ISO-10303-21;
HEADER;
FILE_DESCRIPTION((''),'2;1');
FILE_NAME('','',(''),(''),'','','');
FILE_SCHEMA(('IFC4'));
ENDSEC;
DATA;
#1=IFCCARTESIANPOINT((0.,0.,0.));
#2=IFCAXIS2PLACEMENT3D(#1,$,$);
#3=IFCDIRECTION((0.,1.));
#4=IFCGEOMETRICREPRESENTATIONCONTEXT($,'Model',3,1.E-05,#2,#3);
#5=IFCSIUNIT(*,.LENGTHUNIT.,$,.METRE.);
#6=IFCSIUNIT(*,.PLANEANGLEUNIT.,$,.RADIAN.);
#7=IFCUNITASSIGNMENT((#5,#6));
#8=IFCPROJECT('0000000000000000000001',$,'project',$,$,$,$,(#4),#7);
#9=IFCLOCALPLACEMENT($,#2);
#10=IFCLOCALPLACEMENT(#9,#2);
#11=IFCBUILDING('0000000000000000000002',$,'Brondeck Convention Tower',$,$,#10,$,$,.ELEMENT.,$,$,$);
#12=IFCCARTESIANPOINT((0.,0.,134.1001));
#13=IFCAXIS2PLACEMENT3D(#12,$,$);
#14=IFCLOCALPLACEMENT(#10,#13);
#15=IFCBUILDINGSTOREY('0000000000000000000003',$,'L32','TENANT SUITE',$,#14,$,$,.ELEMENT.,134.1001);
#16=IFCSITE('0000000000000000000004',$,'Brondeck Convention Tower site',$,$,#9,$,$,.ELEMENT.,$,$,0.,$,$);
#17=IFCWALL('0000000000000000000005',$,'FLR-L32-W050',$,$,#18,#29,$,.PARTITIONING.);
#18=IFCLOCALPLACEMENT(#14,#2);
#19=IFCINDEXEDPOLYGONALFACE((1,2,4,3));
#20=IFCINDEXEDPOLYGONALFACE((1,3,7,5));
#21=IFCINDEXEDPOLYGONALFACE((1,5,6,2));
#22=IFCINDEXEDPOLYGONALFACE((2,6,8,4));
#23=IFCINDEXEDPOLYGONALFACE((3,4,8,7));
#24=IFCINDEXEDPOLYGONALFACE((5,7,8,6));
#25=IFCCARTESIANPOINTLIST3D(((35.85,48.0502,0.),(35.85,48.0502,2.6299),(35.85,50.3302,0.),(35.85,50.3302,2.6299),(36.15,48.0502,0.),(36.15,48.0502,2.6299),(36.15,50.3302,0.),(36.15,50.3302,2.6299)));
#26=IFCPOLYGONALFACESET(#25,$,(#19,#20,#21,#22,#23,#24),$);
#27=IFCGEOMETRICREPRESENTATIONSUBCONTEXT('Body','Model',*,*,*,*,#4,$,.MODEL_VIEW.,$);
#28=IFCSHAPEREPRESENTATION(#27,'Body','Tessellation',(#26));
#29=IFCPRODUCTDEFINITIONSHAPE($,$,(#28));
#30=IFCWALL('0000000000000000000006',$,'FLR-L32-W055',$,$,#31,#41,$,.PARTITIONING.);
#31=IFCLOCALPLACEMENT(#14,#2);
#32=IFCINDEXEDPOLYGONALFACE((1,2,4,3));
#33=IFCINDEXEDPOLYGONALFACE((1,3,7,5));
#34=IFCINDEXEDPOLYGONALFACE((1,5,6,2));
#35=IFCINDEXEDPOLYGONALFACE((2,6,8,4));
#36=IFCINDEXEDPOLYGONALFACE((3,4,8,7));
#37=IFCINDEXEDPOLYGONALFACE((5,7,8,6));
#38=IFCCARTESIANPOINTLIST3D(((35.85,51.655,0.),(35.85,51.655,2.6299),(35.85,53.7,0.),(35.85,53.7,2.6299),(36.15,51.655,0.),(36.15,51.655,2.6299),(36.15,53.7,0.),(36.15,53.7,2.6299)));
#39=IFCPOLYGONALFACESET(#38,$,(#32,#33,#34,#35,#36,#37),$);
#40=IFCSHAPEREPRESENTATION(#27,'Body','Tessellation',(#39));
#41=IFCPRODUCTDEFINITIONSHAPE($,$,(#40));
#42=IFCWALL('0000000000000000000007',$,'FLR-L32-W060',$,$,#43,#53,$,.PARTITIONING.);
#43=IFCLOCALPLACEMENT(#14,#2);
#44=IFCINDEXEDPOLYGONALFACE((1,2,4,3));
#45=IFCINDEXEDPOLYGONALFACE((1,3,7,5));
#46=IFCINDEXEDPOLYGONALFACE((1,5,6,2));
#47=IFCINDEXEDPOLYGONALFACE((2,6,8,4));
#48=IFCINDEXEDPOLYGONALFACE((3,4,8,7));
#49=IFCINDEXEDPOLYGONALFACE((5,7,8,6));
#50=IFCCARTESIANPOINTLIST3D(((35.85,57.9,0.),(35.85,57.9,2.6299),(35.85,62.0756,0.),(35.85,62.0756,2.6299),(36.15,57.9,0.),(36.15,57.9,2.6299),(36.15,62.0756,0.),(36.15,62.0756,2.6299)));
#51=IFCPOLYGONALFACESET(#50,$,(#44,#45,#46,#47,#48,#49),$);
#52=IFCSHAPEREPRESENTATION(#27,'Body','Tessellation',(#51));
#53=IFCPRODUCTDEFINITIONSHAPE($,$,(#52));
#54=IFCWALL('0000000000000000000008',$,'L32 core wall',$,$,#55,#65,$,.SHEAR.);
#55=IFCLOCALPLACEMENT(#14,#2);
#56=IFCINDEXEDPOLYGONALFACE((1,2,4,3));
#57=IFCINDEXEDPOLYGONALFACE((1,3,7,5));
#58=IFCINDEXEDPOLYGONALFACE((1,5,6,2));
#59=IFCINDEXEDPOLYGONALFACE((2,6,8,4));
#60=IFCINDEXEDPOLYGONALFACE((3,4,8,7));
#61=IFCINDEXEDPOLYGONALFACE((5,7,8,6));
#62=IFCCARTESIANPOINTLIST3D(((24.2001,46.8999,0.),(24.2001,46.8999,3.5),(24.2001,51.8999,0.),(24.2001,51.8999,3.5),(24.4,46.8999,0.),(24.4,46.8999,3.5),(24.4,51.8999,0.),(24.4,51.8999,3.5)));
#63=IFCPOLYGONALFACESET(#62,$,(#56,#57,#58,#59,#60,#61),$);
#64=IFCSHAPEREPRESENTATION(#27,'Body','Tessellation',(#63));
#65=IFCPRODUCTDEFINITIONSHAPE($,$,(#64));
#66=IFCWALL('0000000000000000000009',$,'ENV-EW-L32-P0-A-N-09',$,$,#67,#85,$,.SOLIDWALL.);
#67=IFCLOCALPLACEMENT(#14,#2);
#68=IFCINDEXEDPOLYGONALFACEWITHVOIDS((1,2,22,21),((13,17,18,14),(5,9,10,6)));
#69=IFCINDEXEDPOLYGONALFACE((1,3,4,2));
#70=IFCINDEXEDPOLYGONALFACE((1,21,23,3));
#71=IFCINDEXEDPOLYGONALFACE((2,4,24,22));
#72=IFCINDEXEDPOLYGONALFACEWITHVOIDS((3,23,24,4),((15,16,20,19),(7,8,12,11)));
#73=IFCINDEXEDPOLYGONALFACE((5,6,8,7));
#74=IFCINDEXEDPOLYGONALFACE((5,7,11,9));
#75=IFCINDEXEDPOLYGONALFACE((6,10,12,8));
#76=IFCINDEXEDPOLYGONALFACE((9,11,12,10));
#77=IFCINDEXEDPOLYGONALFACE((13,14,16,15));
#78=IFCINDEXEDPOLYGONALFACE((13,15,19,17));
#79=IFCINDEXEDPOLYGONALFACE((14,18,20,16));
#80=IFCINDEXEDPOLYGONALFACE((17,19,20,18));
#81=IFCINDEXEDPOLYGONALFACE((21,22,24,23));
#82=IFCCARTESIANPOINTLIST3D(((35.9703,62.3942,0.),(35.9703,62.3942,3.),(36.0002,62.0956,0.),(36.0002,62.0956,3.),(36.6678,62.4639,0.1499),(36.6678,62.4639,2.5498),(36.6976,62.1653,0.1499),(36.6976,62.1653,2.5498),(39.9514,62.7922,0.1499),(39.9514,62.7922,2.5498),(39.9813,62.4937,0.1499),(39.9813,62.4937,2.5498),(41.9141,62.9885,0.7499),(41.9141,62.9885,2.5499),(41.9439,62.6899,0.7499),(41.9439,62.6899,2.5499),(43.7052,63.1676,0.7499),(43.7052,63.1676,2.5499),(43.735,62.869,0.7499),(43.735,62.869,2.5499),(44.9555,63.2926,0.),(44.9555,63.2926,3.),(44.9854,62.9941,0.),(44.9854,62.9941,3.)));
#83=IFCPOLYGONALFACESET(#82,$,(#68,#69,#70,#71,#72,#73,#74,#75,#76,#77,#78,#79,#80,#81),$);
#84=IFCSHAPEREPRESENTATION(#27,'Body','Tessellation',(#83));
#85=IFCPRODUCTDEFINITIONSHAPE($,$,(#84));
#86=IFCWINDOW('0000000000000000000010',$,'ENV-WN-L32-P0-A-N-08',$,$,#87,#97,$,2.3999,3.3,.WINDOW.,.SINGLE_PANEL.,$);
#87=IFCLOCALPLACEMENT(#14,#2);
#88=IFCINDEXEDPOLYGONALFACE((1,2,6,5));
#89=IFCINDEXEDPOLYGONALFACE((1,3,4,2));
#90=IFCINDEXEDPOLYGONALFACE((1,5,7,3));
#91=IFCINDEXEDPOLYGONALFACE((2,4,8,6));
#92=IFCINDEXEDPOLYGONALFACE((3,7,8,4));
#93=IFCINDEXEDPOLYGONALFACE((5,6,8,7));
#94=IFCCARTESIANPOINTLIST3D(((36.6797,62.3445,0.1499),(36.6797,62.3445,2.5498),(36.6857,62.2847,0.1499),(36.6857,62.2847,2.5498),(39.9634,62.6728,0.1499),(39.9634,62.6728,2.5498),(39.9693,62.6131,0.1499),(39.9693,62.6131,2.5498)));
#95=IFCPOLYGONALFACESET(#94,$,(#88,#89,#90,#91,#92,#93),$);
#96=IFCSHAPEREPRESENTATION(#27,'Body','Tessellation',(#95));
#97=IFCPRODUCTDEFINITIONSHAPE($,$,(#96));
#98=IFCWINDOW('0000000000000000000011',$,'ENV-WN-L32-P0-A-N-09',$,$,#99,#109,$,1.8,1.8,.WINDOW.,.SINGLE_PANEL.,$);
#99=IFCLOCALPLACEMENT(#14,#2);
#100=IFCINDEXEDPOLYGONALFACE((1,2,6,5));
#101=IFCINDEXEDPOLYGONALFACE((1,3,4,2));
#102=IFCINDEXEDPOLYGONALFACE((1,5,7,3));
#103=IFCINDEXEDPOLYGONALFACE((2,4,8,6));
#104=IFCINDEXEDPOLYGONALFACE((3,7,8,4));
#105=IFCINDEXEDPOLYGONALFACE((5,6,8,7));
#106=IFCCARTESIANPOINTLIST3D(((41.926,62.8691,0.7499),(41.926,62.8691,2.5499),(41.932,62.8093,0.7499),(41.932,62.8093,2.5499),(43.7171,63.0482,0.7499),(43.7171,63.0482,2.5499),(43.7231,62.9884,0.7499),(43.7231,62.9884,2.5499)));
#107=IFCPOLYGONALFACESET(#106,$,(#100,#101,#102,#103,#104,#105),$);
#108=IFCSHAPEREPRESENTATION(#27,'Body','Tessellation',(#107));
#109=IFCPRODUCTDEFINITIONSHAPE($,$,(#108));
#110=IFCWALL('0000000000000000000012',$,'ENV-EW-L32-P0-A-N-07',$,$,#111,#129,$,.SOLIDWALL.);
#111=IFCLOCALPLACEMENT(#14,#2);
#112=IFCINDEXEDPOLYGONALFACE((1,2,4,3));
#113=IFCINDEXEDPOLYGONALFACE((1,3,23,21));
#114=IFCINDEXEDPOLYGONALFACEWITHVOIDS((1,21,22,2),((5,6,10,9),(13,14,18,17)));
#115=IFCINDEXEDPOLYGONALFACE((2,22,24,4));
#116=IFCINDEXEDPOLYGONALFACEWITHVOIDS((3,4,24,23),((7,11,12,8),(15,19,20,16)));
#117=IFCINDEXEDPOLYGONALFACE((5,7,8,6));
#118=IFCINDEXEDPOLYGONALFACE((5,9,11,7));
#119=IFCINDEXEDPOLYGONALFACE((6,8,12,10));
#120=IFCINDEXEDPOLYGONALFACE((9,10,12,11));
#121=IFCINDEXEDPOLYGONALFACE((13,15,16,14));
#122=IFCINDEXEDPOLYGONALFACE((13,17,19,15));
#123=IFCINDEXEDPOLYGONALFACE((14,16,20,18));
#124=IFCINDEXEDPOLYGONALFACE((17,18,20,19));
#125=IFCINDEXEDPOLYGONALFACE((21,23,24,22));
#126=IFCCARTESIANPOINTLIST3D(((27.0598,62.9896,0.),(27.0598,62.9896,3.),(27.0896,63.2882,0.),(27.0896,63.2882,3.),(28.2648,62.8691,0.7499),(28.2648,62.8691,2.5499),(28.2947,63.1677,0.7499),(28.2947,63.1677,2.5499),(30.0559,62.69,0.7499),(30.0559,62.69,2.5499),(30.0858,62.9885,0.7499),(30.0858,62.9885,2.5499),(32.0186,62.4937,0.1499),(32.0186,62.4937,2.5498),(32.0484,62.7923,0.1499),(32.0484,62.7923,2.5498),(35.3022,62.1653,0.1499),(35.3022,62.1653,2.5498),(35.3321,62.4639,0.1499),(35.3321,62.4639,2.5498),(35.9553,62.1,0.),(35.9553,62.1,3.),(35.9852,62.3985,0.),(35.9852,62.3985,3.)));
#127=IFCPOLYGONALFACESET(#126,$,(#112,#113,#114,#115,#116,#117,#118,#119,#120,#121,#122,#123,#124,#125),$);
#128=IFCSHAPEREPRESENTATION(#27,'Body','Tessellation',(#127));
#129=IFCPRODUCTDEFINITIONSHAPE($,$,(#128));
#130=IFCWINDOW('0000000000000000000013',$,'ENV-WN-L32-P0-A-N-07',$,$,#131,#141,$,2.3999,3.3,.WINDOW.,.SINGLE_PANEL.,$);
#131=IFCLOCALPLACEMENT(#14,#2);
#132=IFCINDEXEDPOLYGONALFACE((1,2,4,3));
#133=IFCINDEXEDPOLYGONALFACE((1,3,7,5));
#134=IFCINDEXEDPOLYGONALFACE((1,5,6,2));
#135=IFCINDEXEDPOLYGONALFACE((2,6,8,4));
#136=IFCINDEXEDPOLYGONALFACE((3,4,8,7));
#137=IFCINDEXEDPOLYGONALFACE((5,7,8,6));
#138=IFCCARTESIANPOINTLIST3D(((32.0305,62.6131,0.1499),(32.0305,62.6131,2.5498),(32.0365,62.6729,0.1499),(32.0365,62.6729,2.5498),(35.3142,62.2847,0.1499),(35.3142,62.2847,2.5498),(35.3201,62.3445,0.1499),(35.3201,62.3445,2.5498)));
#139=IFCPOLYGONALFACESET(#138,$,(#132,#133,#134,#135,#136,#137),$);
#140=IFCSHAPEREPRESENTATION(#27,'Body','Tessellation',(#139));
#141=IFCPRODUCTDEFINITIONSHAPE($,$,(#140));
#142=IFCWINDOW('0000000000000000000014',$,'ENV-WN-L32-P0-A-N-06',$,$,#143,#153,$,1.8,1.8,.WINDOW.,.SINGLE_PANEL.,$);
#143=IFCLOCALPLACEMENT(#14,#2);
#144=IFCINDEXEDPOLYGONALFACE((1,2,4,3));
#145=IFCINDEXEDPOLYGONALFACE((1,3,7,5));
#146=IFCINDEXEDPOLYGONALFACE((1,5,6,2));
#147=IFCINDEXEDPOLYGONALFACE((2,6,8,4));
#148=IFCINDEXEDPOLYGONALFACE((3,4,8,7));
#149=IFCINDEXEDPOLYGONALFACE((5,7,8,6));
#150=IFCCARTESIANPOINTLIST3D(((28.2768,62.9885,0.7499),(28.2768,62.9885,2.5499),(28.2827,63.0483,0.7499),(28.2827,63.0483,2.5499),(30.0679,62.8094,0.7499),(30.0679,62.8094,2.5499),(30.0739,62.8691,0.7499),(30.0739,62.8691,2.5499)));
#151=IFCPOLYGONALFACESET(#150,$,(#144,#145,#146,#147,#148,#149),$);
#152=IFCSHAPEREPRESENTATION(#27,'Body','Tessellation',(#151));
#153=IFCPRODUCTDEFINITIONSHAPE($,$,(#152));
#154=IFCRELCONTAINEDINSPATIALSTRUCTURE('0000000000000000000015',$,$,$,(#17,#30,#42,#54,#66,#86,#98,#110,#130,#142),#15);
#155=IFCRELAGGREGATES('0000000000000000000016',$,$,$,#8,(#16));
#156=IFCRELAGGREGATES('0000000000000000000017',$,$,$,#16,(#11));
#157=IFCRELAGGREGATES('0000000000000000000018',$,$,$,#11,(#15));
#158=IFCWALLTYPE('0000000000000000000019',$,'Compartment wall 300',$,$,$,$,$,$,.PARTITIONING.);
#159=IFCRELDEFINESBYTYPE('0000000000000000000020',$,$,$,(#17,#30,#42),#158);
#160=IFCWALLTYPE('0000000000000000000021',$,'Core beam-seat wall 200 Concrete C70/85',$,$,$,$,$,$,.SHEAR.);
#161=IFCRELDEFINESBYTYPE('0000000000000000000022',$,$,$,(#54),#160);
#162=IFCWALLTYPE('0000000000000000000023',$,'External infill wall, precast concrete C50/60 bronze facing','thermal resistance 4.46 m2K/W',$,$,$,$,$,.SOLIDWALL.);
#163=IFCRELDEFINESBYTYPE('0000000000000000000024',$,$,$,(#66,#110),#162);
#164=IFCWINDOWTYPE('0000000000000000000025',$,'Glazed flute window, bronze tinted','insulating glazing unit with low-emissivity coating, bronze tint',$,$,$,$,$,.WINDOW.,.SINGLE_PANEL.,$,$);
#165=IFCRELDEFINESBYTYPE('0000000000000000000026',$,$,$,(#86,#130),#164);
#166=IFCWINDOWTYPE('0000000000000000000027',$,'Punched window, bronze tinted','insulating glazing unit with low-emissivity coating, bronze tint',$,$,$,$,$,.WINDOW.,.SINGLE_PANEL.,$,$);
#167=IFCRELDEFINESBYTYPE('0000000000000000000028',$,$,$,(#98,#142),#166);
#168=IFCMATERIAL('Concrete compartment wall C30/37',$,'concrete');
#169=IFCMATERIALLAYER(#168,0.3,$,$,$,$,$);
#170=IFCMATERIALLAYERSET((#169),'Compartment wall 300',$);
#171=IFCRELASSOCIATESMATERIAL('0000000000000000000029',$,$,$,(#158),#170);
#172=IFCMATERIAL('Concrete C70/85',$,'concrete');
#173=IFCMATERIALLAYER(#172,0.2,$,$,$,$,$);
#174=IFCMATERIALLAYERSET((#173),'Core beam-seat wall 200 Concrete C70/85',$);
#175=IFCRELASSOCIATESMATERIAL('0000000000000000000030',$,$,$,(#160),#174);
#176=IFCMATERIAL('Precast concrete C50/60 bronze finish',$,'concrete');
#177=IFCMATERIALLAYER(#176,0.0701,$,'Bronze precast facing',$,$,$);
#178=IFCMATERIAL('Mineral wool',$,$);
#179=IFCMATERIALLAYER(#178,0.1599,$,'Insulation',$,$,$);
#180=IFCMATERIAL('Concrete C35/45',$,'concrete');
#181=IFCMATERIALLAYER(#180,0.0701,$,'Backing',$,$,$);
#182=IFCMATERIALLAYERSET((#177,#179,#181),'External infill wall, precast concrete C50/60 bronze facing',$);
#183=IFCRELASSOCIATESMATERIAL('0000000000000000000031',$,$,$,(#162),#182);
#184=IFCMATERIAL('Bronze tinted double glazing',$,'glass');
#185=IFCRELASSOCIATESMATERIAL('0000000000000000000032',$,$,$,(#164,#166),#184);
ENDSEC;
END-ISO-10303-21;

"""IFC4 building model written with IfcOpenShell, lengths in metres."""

from ifc_helpers import new_model, si_unit, direction, frame, frame_2d, origin, place, context, subcontext, project, spatial, rectangle, extrude, material, layer, layer_set, type_object, element, fill, save


model = new_model("IFC4")

# Units and contexts
model_context = context("Model", 3, precision=1e-05, world=origin(), true_north=direction((0.0, 1.0)))
body_context = subcontext(model_context, "Body", "Model", "MODEL_VIEW")
ifc_project = project(units=[si_unit("LENGTHUNIT", "METRE"), si_unit("PLANEANGLEUNIT", "RADIAN")], contexts=[model_context])

# Site, building, storey
site_placement = place(None, origin())
site = spatial("IfcSite", under=ifc_project, at=site_placement, Name="Brondeck Convention Tower site", CompositionType="ELEMENT", RefElevation=0.0)
building_placement = place(site_placement, origin())
building = spatial("IfcBuilding", under=site, at=building_placement, Name="Brondeck Convention Tower", CompositionType="ELEMENT")
storey_placement = place(building_placement, frame((0.0, 0.0, 134.1001)))
storey = spatial("IfcBuildingStorey", under=building, at=storey_placement, Name="L32", Description="TENANT SUITE", CompositionType="ELEMENT", Elevation=134.1001)

# Shared definitions
ifc_material_1 = material(Name="Concrete C70/85", Category="concrete")

# Walls
ifc_material_2 = material(Name="Concrete compartment wall C30/37", Category="concrete")
ifc_layer_1 = layer(ifc_material_2, 0.3)
ifc_layer_set_1 = layer_set([ifc_layer_1], Name="Compartment wall 300")
wall_type_1 = type_object("IfcWallType", Name="Compartment wall 300", PredefinedType="PARTITIONING", material=ifc_layer_set_1)
wall_1_placement = place(storey_placement, frame((36.0, 48.05, 0.0), z_axis=(0.0, 0.0, 1.0), x_axis=(0.0, 1.0, 0.0)))
element("IfcWall", 1, at=wall_1_placement, inside=storey, type_object=wall_type_1, Name="FLR-L32-W050", PredefinedType="PARTITIONING", context=body_context, shape_type="SweptSolid", body=[
    extrude(rectangle(XDim=2.28, YDim=0.3, at=frame_2d((1.1401, 0.0))), origin(), (0.0, 0.0, 1.0), 2.6299),
])
wall_2_placement = place(storey_placement, frame((36.0, 51.655, 0.0), z_axis=(0.0, 0.0, 1.0), x_axis=(0.0, 1.0, 0.0)))
element("IfcWall", 2, at=wall_2_placement, inside=storey, type_object=wall_type_1, Name="FLR-L32-W055", PredefinedType="PARTITIONING", context=body_context, shape_type="SweptSolid", body=[
    extrude(rectangle(XDim=2.0449, YDim=0.3, at=frame_2d((1.0225, 0.0))), origin(), (0.0, 0.0, 1.0), 2.6299),
])
wall_3_placement = place(storey_placement, frame((36.0, 57.8999, 0.0), z_axis=(0.0, 0.0, 1.0), x_axis=(0.0, 1.0, 0.0)))
element("IfcWall", 3, at=wall_3_placement, inside=storey, type_object=wall_type_1, Name="FLR-L32-W060", PredefinedType="PARTITIONING", context=body_context, shape_type="SweptSolid", body=[
    extrude(rectangle(XDim=4.1755, YDim=0.3, at=frame_2d((2.0879, 0.0))), origin(), (0.0, 0.0, 1.0), 2.6299),
])
ifc_layer_2 = layer(ifc_material_1, 0.2)
ifc_layer_set_2 = layer_set([ifc_layer_2], Name="Core beam-seat wall 200 Concrete C70/85")
wall_type_2 = type_object("IfcWallType", Name="Core beam-seat wall 200 Concrete C70/85", PredefinedType="SHEAR", material=ifc_layer_set_2)
wall_4_placement = place(storey_placement, frame((24.3, 46.8999, 0.0), z_axis=(0.0, 0.0, 1.0), x_axis=(0.0, 1.0, 0.0)))
element("IfcWall", 4, at=wall_4_placement, inside=storey, type_object=wall_type_2, Name="L32 core wall", PredefinedType="SHEAR", context=body_context, shape_type="SweptSolid", body=[
    extrude(rectangle(XDim=5.0, YDim=0.2, at=frame_2d((2.5, 0.0))), origin(), (0.0, 0.0, 1.0), 3.5),
])

# Walls, openings, windows
ifc_material_3 = material(Name="Precast concrete C50/60 bronze finish", Category="concrete")
ifc_layer_3 = layer(ifc_material_3, 0.0701, Name="Bronze precast facing")
ifc_material_4 = material(Name="Mineral wool")
ifc_layer_4 = layer(ifc_material_4, 0.1599, Name="Insulation")
ifc_material_5 = material(Name="Concrete C35/45", Category="concrete")
ifc_layer_5 = layer(ifc_material_5, 0.0701, Name="Backing")
ifc_layer_set_3 = layer_set([ifc_layer_3, ifc_layer_4, ifc_layer_5], Name="External infill wall, precast concrete C50/60 bronze facing")
wall_type_3 = type_object("IfcWallType", Name="External infill wall, precast concrete C50/60 bronze facing", Description="thermal resistance 4.46 m2K/W", PredefinedType="SOLIDWALL", material=ifc_layer_set_3)
wall_5_placement = place(storey_placement, frame((35.9851, 62.2449, 0.0), z_axis=(0.0, 0.0, 1.0), x_axis=(0.995038, 0.099496, 0.0)))
wall_5 = element("IfcWall", 5, at=wall_5_placement, inside=storey, type_object=wall_type_3, Name="ENV-EW-L32-P0-A-N-09", PredefinedType="SOLIDWALL", context=body_context, shape_type="SweptSolid", body=[
    extrude(rectangle(XDim=9.03, YDim=0.3, at=frame_2d((4.5151, 0.0))), origin(), (0.0, 0.0, 1.0), 3.0),
])
opening_1_placement = place(wall_5_placement, frame((0.7012, 0.0, 0.1499)))
opening_1 = element("IfcOpeningElement", 6, at=opening_1_placement, cuts=wall_5, PredefinedType="OPENING", context=body_context, shape_type="SweptSolid", body=[
    extrude(rectangle(XDim=3.3, YDim=2.3999, at=frame_2d((1.6499, 1.2))), frame((0.0, 0.1599, 0.0), z_axis=(0.0, -1.0, 0.0), x_axis=(1.0, 0.0, 0.0)), (0.0, 0.0, 1.0), 0.3201),
])
opening_2_placement = place(wall_5_placement, frame((5.9736, 0.0, 0.75)))
opening_2 = element("IfcOpeningElement", 7, at=opening_2_placement, cuts=wall_5, PredefinedType="OPENING", context=body_context, shape_type="SweptSolid", body=[
    extrude(rectangle(XDim=1.8, YDim=1.8, at=frame_2d((0.8999, 0.8999))), frame((0.0, 0.1599, 0.0), z_axis=(0.0, -1.0, 0.0), x_axis=(1.0, 0.0, 0.0)), (0.0, 0.0, 1.0), 0.3201),
])
ifc_material_6 = material(Name="Bronze tinted double glazing", Category="glass")
window_type_1 = type_object("IfcWindowType", Name="Glazed flute window, bronze tinted", Description="insulating glazing unit with low-emissivity coating, bronze tint", PartitioningType="SINGLE_PANEL", PredefinedType="WINDOW", material=ifc_material_6)
window_1_placement = place(opening_1_placement, origin())
window_1 = element("IfcWindow", 8, at=window_1_placement, inside=storey, type_object=window_type_1, Name="ENV-WN-L32-P0-A-N-08", OverallHeight=2.3999, OverallWidth=3.3, PartitioningType="SINGLE_PANEL", PredefinedType="WINDOW", context=body_context, shape_type="SweptSolid", body=[
    extrude(rectangle(XDim=3.3, YDim=2.3999, at=frame_2d((1.6499, 1.2))), frame((0.0, 0.03, 0.0), z_axis=(0.0, -1.0, 0.0), x_axis=(1.0, 0.0, 0.0)), (0.0, 0.0, 1.0), 0.0601),
])
fill(opening_1, window_1)
window_type_2 = type_object("IfcWindowType", Name="Punched window, bronze tinted", Description="insulating glazing unit with low-emissivity coating, bronze tint", PartitioningType="SINGLE_PANEL", PredefinedType="WINDOW", material=ifc_material_6)
window_2_placement = place(opening_2_placement, origin())
window_2 = element("IfcWindow", 9, at=window_2_placement, inside=storey, type_object=window_type_2, Name="ENV-WN-L32-P0-A-N-09", OverallHeight=1.8, OverallWidth=1.8, PartitioningType="SINGLE_PANEL", PredefinedType="WINDOW", context=body_context, shape_type="SweptSolid", body=[
    extrude(rectangle(XDim=1.8, YDim=1.8, at=frame_2d((0.8999, 0.8999))), frame((0.0, 0.03, 0.0), z_axis=(0.0, -1.0, 0.0), x_axis=(1.0, 0.0, 0.0)), (0.0, 0.0, 1.0), 0.0601),
])
fill(opening_2, window_2)
wall_6_placement = place(storey_placement, frame((27.0747, 63.1389, 0.0), z_axis=(0.0, 0.0, 1.0), x_axis=(0.995036, -0.099515, 0.0)))
wall_6 = element("IfcWall", 10, at=wall_6_placement, inside=storey, type_object=wall_type_3, Name="ENV-EW-L32-P0-A-N-07", PredefinedType="SOLIDWALL", context=body_context, shape_type="SweptSolid", body=[
    extrude(rectangle(XDim=8.9399, YDim=0.3, at=frame_2d((4.47, 0.0))), origin(), (0.0, 0.0, 1.0), 3.0),
])
opening_3_placement = place(wall_6_placement, frame((1.2112, 0.0, 0.75)))
opening_3 = element("IfcOpeningElement", 11, at=opening_3_placement, cuts=wall_6, PredefinedType="OPENING", context=body_context, shape_type="SweptSolid", body=[
    extrude(rectangle(XDim=1.8, YDim=1.8, at=frame_2d((0.8999, 0.8999))), frame((0.0, 0.1599, 0.0), z_axis=(0.0, -1.0, 0.0), x_axis=(1.0, 0.0, 0.0)), (0.0, 0.0, 1.0), 0.3201),
])
opening_4_placement = place(wall_6_placement, frame((4.9836, 0.0, 0.1499)))
opening_4 = element("IfcOpeningElement", 12, at=opening_4_placement, cuts=wall_6, PredefinedType="OPENING", context=body_context, shape_type="SweptSolid", body=[
    extrude(rectangle(XDim=3.3, YDim=2.3999, at=frame_2d((1.6499, 1.2))), frame((0.0, 0.1599, 0.0), z_axis=(0.0, -1.0, 0.0), x_axis=(1.0, 0.0, 0.0)), (0.0, 0.0, 1.0), 0.3201),
])
window_3_placement = place(opening_4_placement, origin())
window_3 = element("IfcWindow", 13, at=window_3_placement, inside=storey, type_object=window_type_1, Name="ENV-WN-L32-P0-A-N-07", OverallHeight=2.3999, OverallWidth=3.3, PartitioningType="SINGLE_PANEL", PredefinedType="WINDOW", context=body_context, shape_type="SweptSolid", body=[
    extrude(rectangle(XDim=3.3, YDim=2.3999, at=frame_2d((1.6499, 1.2))), frame((0.0, 0.03, 0.0), z_axis=(0.0, -1.0, 0.0), x_axis=(1.0, 0.0, 0.0)), (0.0, 0.0, 1.0), 0.0601),
])
fill(opening_4, window_3)
window_4_placement = place(opening_3_placement, origin())
window_4 = element("IfcWindow", 14, at=window_4_placement, inside=storey, type_object=window_type_2, Name="ENV-WN-L32-P0-A-N-06", OverallHeight=1.8, OverallWidth=1.8, PartitioningType="SINGLE_PANEL", PredefinedType="WINDOW", context=body_context, shape_type="SweptSolid", body=[
    extrude(rectangle(XDim=1.8, YDim=1.8, at=frame_2d((0.8999, 0.8999))), frame((0.0, 0.03, 0.0), z_axis=(0.0, -1.0, 0.0), x_axis=(1.0, 0.0, 0.0)), (0.0, 0.0, 1.0), 0.0601),
])
fill(opening_3, window_4)

save(model, "model.ifc")
